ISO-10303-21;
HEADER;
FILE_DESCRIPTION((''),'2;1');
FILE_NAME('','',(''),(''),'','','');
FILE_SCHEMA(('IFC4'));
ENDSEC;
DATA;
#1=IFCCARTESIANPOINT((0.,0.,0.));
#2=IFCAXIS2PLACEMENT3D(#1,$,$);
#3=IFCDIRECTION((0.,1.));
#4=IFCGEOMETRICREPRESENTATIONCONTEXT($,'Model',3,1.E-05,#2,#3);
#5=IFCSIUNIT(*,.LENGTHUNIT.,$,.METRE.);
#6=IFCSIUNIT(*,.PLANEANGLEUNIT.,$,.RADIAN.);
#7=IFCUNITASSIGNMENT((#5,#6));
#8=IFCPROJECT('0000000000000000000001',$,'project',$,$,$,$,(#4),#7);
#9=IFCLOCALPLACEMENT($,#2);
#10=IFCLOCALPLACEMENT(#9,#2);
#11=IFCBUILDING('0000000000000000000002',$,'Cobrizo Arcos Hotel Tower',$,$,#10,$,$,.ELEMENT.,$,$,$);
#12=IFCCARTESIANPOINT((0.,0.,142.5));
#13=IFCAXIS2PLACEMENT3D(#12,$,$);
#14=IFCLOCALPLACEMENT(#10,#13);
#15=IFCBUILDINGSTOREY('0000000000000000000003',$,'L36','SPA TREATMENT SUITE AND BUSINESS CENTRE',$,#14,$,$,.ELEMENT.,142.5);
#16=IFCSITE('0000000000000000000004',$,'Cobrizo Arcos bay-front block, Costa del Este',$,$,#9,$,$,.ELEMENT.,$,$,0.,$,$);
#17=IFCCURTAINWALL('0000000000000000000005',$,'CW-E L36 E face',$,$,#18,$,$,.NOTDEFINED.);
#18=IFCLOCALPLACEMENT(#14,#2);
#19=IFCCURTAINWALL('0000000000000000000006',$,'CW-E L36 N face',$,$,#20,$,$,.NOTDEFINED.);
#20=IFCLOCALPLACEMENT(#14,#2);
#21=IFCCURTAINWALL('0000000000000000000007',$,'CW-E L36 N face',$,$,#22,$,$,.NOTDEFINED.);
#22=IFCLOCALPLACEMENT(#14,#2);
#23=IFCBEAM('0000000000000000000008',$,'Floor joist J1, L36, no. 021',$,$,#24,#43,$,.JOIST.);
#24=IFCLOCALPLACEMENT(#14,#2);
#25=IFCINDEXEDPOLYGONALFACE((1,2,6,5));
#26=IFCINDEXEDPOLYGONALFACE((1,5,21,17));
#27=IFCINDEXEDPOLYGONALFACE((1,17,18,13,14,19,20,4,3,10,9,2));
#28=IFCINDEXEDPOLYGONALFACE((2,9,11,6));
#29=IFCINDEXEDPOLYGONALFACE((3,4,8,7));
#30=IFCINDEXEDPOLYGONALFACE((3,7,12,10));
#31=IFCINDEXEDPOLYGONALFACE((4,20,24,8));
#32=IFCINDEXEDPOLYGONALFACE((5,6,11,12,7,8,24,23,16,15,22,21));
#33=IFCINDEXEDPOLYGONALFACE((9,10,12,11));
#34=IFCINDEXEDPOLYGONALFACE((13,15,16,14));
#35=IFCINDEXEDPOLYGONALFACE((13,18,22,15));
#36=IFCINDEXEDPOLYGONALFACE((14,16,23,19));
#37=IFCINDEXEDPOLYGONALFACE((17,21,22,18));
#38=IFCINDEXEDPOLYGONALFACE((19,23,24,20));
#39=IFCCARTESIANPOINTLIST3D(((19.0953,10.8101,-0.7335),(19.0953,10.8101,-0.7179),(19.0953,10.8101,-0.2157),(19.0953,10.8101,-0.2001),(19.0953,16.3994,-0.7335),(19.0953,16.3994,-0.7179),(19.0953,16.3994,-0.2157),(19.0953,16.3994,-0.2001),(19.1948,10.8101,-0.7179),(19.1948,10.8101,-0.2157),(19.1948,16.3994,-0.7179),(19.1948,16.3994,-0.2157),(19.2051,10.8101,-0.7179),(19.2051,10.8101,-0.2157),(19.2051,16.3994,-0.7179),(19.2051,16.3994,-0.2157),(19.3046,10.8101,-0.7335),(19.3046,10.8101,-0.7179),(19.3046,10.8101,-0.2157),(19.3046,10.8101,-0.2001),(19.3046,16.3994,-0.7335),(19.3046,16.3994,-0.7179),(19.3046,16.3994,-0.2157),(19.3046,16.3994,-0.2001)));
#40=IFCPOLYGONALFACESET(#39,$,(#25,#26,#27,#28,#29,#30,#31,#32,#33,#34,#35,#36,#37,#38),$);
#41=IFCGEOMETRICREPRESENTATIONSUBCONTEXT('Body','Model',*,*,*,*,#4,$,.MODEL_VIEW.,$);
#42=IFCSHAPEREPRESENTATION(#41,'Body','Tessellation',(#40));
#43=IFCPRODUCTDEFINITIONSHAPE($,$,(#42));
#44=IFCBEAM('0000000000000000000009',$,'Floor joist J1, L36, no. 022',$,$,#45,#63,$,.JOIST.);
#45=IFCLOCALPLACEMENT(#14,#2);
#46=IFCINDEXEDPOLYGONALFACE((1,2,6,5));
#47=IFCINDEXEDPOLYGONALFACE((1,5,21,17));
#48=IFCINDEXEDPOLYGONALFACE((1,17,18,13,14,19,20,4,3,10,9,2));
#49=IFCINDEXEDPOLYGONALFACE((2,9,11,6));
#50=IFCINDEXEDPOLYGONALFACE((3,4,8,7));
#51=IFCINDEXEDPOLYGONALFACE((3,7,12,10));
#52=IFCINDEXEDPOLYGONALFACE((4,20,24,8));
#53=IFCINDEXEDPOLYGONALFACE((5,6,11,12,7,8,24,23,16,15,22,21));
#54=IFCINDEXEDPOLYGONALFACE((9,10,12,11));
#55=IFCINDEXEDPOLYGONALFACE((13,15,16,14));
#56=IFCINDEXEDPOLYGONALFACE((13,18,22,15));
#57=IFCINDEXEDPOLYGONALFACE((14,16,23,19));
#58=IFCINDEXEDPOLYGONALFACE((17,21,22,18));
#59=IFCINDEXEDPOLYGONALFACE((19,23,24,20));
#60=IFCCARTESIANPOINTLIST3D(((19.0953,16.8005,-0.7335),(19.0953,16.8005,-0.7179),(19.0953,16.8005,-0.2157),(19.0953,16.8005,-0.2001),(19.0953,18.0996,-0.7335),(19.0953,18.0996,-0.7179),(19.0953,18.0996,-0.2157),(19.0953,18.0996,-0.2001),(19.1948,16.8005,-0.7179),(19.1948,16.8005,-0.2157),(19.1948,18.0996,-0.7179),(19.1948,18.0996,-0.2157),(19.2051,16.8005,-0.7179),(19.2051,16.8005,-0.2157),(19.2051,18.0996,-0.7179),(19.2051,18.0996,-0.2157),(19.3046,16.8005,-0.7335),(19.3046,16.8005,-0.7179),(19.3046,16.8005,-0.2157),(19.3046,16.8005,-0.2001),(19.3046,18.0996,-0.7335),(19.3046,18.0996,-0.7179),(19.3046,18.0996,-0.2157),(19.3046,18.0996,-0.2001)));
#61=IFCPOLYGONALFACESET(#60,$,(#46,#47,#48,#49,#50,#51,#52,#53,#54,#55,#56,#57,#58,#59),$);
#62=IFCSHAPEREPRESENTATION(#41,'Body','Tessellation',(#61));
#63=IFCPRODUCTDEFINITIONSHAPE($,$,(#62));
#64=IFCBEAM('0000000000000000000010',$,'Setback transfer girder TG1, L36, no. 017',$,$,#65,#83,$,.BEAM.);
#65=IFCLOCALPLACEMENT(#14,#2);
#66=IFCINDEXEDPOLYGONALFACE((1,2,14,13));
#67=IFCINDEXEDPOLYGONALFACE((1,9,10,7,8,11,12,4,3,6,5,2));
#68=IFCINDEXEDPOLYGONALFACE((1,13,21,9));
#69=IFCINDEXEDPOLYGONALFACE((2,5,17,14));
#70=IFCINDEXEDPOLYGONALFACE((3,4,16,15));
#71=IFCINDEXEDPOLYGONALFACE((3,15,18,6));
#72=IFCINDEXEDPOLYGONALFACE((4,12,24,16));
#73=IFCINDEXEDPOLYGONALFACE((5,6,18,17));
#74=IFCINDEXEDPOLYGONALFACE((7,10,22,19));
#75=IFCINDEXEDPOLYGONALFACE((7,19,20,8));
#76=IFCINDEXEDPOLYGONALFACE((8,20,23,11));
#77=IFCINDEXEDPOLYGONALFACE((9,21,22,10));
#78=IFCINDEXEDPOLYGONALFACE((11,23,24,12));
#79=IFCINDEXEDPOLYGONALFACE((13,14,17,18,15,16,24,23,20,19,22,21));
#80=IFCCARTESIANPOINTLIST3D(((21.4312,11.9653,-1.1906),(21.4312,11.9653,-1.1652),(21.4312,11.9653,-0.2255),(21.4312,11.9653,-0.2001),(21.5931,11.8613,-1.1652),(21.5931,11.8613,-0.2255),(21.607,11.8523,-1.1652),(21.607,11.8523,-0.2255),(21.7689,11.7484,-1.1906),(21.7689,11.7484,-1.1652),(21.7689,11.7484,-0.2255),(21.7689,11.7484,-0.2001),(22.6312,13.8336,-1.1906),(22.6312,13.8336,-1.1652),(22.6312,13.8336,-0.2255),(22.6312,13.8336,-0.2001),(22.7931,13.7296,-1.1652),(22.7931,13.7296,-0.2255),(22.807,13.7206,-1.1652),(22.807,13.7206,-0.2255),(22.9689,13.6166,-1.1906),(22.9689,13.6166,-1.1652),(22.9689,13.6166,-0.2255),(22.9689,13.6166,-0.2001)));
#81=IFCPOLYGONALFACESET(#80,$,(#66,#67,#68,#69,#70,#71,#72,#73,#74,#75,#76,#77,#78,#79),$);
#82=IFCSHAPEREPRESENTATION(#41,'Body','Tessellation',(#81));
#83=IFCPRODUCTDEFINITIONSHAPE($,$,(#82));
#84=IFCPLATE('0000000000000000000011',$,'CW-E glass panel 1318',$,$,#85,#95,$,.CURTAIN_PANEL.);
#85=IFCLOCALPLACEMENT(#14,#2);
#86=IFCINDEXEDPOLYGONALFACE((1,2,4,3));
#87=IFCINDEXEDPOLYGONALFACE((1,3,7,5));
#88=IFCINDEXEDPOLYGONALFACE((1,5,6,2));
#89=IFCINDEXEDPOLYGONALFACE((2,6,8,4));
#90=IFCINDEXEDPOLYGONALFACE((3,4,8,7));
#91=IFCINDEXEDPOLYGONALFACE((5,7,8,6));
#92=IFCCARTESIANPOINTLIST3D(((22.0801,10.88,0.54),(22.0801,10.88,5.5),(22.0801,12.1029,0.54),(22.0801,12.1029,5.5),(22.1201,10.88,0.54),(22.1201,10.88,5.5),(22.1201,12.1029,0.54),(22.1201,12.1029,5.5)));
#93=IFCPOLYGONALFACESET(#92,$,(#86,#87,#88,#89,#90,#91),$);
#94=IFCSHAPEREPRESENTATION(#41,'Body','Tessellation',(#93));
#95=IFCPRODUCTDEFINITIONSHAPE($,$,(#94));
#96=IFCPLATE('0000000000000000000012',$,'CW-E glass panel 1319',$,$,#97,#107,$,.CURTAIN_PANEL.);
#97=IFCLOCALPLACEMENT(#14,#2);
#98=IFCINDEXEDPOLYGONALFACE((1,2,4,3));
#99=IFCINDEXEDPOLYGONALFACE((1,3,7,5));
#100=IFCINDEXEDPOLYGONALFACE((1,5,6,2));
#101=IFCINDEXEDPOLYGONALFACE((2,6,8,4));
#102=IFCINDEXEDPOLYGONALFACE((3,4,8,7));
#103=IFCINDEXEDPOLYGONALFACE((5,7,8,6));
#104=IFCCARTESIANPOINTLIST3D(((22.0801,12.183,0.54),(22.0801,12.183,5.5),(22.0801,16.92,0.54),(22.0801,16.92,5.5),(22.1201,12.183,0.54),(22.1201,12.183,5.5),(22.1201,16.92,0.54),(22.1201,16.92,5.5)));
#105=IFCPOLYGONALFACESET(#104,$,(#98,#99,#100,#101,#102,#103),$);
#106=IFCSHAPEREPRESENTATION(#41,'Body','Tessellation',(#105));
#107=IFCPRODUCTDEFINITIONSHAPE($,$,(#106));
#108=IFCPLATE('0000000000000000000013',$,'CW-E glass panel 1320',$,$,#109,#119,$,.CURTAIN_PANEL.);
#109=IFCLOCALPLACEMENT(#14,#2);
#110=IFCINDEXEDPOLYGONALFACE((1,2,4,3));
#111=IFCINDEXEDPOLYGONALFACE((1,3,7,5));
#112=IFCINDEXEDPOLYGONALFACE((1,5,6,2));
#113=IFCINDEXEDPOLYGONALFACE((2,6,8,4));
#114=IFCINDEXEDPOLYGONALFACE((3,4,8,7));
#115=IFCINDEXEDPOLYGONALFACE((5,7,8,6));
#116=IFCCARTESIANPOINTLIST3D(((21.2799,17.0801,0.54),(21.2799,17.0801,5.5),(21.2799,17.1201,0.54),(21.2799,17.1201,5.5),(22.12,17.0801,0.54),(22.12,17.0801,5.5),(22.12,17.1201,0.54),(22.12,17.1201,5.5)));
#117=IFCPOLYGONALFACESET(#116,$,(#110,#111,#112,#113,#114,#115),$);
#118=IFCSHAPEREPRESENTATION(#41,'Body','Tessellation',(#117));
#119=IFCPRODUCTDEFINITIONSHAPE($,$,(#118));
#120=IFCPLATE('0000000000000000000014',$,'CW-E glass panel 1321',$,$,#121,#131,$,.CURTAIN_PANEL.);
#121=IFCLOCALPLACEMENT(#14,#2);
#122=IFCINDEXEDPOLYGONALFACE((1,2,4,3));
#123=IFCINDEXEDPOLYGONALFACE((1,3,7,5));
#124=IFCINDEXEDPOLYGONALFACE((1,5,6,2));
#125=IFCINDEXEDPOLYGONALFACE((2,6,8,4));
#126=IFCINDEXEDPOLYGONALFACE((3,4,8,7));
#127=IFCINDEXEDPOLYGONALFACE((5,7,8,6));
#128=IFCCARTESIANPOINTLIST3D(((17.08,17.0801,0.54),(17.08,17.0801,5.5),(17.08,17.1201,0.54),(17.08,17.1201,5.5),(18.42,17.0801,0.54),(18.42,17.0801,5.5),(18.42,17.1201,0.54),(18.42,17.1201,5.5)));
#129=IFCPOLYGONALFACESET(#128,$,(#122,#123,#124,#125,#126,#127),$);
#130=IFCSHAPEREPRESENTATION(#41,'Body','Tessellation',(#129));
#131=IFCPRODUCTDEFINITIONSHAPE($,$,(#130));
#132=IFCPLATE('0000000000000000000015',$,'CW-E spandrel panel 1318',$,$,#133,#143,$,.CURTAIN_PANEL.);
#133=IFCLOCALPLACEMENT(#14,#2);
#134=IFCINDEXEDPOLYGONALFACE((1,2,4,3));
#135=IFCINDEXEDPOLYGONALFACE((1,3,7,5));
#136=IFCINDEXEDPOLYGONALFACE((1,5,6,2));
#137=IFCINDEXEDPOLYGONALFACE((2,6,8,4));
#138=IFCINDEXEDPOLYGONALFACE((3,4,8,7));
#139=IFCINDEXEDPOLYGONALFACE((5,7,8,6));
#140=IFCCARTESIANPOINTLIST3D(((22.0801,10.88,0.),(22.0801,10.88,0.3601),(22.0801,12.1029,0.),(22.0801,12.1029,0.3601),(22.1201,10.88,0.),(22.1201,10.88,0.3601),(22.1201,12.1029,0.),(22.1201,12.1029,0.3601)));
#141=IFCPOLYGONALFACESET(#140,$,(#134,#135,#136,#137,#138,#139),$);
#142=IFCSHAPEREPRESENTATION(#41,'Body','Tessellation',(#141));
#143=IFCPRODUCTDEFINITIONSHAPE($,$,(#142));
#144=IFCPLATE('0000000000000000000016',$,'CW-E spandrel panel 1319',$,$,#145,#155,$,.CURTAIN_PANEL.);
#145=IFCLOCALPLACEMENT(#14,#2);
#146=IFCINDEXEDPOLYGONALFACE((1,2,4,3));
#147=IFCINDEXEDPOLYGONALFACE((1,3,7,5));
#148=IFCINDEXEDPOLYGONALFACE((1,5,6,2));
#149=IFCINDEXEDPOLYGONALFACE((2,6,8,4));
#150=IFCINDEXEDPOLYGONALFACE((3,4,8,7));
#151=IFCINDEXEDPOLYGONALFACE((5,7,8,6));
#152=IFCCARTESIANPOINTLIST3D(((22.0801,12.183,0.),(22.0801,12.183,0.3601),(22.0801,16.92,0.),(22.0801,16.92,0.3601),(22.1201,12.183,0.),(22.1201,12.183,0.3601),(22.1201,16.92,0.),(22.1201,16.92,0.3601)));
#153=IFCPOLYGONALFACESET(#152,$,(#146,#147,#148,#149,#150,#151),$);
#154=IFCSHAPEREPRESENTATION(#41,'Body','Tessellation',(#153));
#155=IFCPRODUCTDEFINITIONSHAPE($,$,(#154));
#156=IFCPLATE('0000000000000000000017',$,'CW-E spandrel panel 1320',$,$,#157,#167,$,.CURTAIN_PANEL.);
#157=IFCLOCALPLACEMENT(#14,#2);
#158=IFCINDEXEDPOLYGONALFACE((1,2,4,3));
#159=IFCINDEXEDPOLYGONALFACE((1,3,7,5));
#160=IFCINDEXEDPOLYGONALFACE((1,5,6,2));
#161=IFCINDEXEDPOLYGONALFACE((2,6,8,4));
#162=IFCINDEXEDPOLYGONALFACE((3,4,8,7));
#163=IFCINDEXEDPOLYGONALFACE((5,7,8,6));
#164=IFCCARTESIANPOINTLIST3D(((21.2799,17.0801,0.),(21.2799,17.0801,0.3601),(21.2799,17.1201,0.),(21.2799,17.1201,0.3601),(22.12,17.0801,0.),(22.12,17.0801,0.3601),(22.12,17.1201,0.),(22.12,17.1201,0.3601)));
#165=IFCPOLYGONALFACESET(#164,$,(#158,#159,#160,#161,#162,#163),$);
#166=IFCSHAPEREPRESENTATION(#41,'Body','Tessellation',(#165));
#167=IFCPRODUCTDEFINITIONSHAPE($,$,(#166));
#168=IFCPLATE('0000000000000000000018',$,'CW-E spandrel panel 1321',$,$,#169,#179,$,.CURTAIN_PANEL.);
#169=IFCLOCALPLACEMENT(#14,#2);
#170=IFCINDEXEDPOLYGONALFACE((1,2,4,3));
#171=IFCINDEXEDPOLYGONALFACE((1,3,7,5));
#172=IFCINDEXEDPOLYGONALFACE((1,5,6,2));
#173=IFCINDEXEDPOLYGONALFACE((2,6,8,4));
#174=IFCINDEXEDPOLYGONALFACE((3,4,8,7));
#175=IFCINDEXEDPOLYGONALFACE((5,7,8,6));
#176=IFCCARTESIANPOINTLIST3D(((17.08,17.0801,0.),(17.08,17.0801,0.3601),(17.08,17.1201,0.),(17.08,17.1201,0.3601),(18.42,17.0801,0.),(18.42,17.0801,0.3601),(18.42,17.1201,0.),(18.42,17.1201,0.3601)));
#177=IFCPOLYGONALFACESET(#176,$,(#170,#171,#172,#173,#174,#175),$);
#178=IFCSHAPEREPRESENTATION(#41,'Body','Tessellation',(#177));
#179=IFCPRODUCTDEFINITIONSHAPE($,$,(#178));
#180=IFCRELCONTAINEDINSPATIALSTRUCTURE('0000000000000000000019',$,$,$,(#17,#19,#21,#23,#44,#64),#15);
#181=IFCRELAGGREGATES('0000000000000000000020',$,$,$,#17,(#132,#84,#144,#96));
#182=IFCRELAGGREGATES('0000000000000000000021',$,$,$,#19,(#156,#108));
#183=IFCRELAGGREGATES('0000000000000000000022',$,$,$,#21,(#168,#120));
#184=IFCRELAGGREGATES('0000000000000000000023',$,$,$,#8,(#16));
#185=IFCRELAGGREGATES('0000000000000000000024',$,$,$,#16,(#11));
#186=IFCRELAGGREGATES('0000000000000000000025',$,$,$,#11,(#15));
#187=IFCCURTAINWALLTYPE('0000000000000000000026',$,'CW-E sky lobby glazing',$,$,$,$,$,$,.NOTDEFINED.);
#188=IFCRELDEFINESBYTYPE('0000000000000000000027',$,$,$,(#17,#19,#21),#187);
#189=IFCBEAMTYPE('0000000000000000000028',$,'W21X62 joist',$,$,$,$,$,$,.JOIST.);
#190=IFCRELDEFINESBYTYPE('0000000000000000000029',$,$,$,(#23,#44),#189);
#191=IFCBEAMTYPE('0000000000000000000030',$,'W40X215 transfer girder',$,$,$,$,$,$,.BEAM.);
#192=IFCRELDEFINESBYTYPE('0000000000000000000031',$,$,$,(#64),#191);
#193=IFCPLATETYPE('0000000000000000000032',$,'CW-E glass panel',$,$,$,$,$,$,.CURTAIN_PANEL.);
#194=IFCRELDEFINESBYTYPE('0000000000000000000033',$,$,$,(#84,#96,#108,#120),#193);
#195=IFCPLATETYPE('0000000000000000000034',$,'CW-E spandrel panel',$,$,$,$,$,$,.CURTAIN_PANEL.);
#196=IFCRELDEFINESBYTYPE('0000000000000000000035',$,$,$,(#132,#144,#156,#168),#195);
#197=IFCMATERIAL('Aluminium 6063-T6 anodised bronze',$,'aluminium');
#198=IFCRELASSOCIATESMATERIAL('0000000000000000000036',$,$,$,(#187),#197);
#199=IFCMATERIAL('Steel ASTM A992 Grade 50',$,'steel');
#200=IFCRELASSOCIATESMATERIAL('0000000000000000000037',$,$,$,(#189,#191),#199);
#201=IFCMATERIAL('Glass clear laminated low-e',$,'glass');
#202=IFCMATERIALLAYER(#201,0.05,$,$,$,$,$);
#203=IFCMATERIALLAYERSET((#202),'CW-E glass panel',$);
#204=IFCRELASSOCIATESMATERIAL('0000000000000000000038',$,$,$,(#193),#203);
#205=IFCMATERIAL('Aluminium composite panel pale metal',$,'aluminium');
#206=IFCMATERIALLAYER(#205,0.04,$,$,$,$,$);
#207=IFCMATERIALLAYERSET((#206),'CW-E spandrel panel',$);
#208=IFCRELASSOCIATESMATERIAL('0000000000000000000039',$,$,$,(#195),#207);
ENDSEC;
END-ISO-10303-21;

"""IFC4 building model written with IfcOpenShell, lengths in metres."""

from ifc_helpers import new_model, si_unit, direction, frame, origin, origin_2d, place, context, subcontext, project, spatial, rectangle, i_section, extrude, material, layer, layer_set, material_profile, profile_set, type_object, element, aggregate, save


model = new_model("IFC4")

# Units and contexts
model_context = context("Model", 3, precision=1e-05, world=origin(), true_north=direction((0.0, 1.0)))
body_context = subcontext(model_context, "Body", "Model", "MODEL_VIEW")
ifc_project = project(units=[si_unit("LENGTHUNIT", "METRE"), si_unit("PLANEANGLEUNIT", "RADIAN")], contexts=[model_context])

# Site, building, storey
site_placement = place(None, origin())
site = spatial("IfcSite", under=ifc_project, at=site_placement, Name="Cobrizo Arcos bay-front block, Costa del Este", CompositionType="ELEMENT", RefElevation=0.0)
building_placement = place(site_placement, origin())
building = spatial("IfcBuilding", under=site, at=building_placement, Name="Cobrizo Arcos Hotel Tower", CompositionType="ELEMENT")
storey_placement = place(building_placement, frame((0.0, 0.0, 142.5)))
storey = spatial("IfcBuildingStorey", under=building, at=storey_placement, Name="L36", Description="SPA TREATMENT SUITE AND BUSINESS CENTRE", CompositionType="ELEMENT", Elevation=142.5)

# Curtain walls
ifc_material_1 = material(Name="Aluminium 6063-T6 anodised bronze", Category="aluminium")
curtain_wall_type = type_object("IfcCurtainWallType", Name="CW-E sky lobby glazing", PredefinedType="NOTDEFINED", material=ifc_material_1)
curtain_wall_1_placement = place(storey_placement, origin())
curtain_wall_1 = element("IfcCurtainWall", 1, at=curtain_wall_1_placement, inside=storey, type_object=curtain_wall_type, Name="CW-E L36 E face", PredefinedType="NOTDEFINED")
curtain_wall_2_placement = place(storey_placement, origin())
curtain_wall_2 = element("IfcCurtainWall", 2, at=curtain_wall_2_placement, inside=storey, type_object=curtain_wall_type, Name="CW-E L36 N face", PredefinedType="NOTDEFINED")
curtain_wall_3_placement = place(storey_placement, origin())
curtain_wall_3 = element("IfcCurtainWall", 3, at=curtain_wall_3_placement, inside=storey, type_object=curtain_wall_type, Name="CW-E L36 N face", PredefinedType="NOTDEFINED")

# Beams
ifc_material_2 = material(Name="Steel ASTM A992 Grade 50", Category="steel")
ifc_material_profile_1 = material_profile(ifc_material_2, i_section(OverallWidth=0.2092, OverallDepth=0.5334, WebThickness=0.0103, FlangeThickness=0.0156, at=origin_2d()), Name="W21X62")
ifc_profile_set_1 = profile_set([ifc_material_profile_1], Name="Steel ASTM A992 Grade 50")
beam_type_1 = type_object("IfcBeamType", Name="W21X62 joist", PredefinedType="JOIST", material=ifc_profile_set_1)
beam_1_placement = place(storey_placement, frame((19.2, 10.8101, -0.4668), z_axis=(0.0, 1.0, 0.0), x_axis=(-1.0, 0.0, 0.0)))
element("IfcBeam", 4, at=beam_1_placement, inside=storey, type_object=beam_type_1, Name="Floor joist J1, L36, no. 021", PredefinedType="JOIST", context=body_context, shape_type="SweptSolid", body=[
    extrude(i_section(OverallWidth=0.2092, OverallDepth=0.5334, WebThickness=0.0103, FlangeThickness=0.0156, at=origin_2d()), origin(), (0.0, 0.0, 1.0), 5.5894),
])
beam_2_placement = place(storey_placement, frame((19.2, 16.8005, -0.4668), z_axis=(0.0, 1.0, 0.0), x_axis=(-1.0, 0.0, 0.0)))
element("IfcBeam", 5, at=beam_2_placement, inside=storey, type_object=beam_type_1, Name="Floor joist J1, L36, no. 022", PredefinedType="JOIST", context=body_context, shape_type="SweptSolid", body=[
    extrude(i_section(OverallWidth=0.2092, OverallDepth=0.5334, WebThickness=0.0103, FlangeThickness=0.0156, at=origin_2d()), origin(), (0.0, 0.0, 1.0), 1.2991),
])
ifc_material_profile_2 = material_profile(ifc_material_2, i_section(OverallWidth=0.4014, OverallDepth=0.9905, WebThickness=0.0166, FlangeThickness=0.0254, at=origin_2d()), Name="W40X215")
ifc_profile_set_2 = profile_set([ifc_material_profile_2], Name="Steel ASTM A992 Grade 50")
beam_type_2 = type_object("IfcBeamType", Name="W40X215 transfer girder", PredefinedType="BEAM", material=ifc_profile_set_2)
beam_3_placement = place(storey_placement, frame((22.8, 13.7251, -0.6953), z_axis=(-0.540435, -0.841386, 0.0), x_axis=(0.841386, -0.540435, 0.0)))
element("IfcBeam", 6, at=beam_3_placement, inside=storey, type_object=beam_type_2, Name="Setback transfer girder TG1, L36, no. 017", PredefinedType="BEAM", context=body_context, shape_type="SweptSolid", body=[
    extrude(i_section(OverallWidth=0.4014, OverallDepth=0.9905, WebThickness=0.0166, FlangeThickness=0.0254, at=origin_2d()), origin(), (0.0, 0.0, 1.0), 2.2205),
])

# Plates
ifc_material_3 = material(Name="Glass clear laminated low-e", Category="glass")
ifc_layer_1 = layer(ifc_material_3, 0.05)
ifc_layer_set_1 = layer_set([ifc_layer_1], Name="CW-E glass panel")
plate_type_1 = type_object("IfcPlateType", Name="CW-E glass panel", PredefinedType="CURTAIN_PANEL", material=ifc_layer_set_1)
plate_1_placement = place(storey_placement, frame((22.1001, 11.4915, 0.54), z_axis=(0.0, 0.0, 1.0), x_axis=(0.0, 1.0, 0.0)))
plate_1 = element("IfcPlate", 7, at=plate_1_placement, type_object=plate_type_1, Name="CW-E glass panel 1318", PredefinedType="CURTAIN_PANEL", context=body_context, shape_type="SweptSolid", body=[
    extrude(rectangle(XDim=1.2229, YDim=0.04, at=origin_2d()), origin(), (0.0, 0.0, 1.0), 4.96),
])
plate_2_placement = place(storey_placement, frame((22.1001, 14.5515, 0.54), z_axis=(0.0, 0.0, 1.0), x_axis=(0.0, 1.0, 0.0)))
plate_2 = element("IfcPlate", 8, at=plate_2_placement, type_object=plate_type_1, Name="CW-E glass panel 1319", PredefinedType="CURTAIN_PANEL", context=body_context, shape_type="SweptSolid", body=[
    extrude(rectangle(XDim=4.7371, YDim=0.04, at=origin_2d()), origin(), (0.0, 0.0, 1.0), 4.96),
])
plate_3_placement = place(storey_placement, frame((21.7, 17.1001, 0.54), z_axis=(0.0, 0.0, 1.0), x_axis=(-1.0, 0.0, 0.0)))
plate_3 = element("IfcPlate", 9, at=plate_3_placement, type_object=plate_type_1, Name="CW-E glass panel 1320", PredefinedType="CURTAIN_PANEL", context=body_context, shape_type="SweptSolid", body=[
    extrude(rectangle(XDim=0.8401, YDim=0.04, at=origin_2d()), origin(), (0.0, 0.0, 1.0), 4.96),
])
plate_4_placement = place(storey_placement, frame((17.75, 17.1001, 0.54), z_axis=(0.0, 0.0, 1.0), x_axis=(-1.0, 0.0, 0.0)))
plate_4 = element("IfcPlate", 10, at=plate_4_placement, type_object=plate_type_1, Name="CW-E glass panel 1321", PredefinedType="CURTAIN_PANEL", context=body_context, shape_type="SweptSolid", body=[
    extrude(rectangle(XDim=1.3401, YDim=0.04, at=origin_2d()), origin(), (0.0, 0.0, 1.0), 4.96),
])
ifc_material_4 = material(Name="Aluminium composite panel pale metal", Category="aluminium")
ifc_layer_2 = layer(ifc_material_4, 0.04)
ifc_layer_set_2 = layer_set([ifc_layer_2], Name="CW-E spandrel panel")
plate_type_2 = type_object("IfcPlateType", Name="CW-E spandrel panel", PredefinedType="CURTAIN_PANEL", material=ifc_layer_set_2)
plate_5_placement = place(storey_placement, frame((22.1001, 11.4915, 0.0), z_axis=(0.0, 0.0, 1.0), x_axis=(0.0, 1.0, 0.0)))
plate_5 = element("IfcPlate", 11, at=plate_5_placement, type_object=plate_type_2, Name="CW-E spandrel panel 1318", PredefinedType="CURTAIN_PANEL", context=body_context, shape_type="SweptSolid", body=[
    extrude(rectangle(XDim=1.2229, YDim=0.04, at=origin_2d()), origin(), (0.0, 0.0, 1.0), 0.3601),
])
plate_6_placement = place(storey_placement, frame((22.1001, 14.5515, 0.0), z_axis=(0.0, 0.0, 1.0), x_axis=(0.0, 1.0, 0.0)))
plate_6 = element("IfcPlate", 12, at=plate_6_placement, type_object=plate_type_2, Name="CW-E spandrel panel 1319", PredefinedType="CURTAIN_PANEL", context=body_context, shape_type="SweptSolid", body=[
    extrude(rectangle(XDim=4.7371, YDim=0.04, at=origin_2d()), origin(), (0.0, 0.0, 1.0), 0.3601),
])
aggregate(curtain_wall_1, [plate_5, plate_1, plate_6, plate_2])
plate_7_placement = place(storey_placement, frame((21.7, 17.1001, 0.0), z_axis=(0.0, 0.0, 1.0), x_axis=(-1.0, 0.0, 0.0)))
plate_7 = element("IfcPlate", 13, at=plate_7_placement, type_object=plate_type_2, Name="CW-E spandrel panel 1320", PredefinedType="CURTAIN_PANEL", context=body_context, shape_type="SweptSolid", body=[
    extrude(rectangle(XDim=0.8401, YDim=0.04, at=origin_2d()), origin(), (0.0, 0.0, 1.0), 0.3601),
])
aggregate(curtain_wall_2, [plate_7, plate_3])
plate_8_placement = place(storey_placement, frame((17.75, 17.1001, 0.0), z_axis=(0.0, 0.0, 1.0), x_axis=(-1.0, 0.0, 0.0)))
plate_8 = element("IfcPlate", 14, at=plate_8_placement, type_object=plate_type_2, Name="CW-E spandrel panel 1321", PredefinedType="CURTAIN_PANEL", context=body_context, shape_type="SweptSolid", body=[
    extrude(rectangle(XDim=1.3401, YDim=0.04, at=origin_2d()), origin(), (0.0, 0.0, 1.0), 0.3601),
])
aggregate(curtain_wall_3, [plate_8, plate_4])

save(model, "model.ifc")
